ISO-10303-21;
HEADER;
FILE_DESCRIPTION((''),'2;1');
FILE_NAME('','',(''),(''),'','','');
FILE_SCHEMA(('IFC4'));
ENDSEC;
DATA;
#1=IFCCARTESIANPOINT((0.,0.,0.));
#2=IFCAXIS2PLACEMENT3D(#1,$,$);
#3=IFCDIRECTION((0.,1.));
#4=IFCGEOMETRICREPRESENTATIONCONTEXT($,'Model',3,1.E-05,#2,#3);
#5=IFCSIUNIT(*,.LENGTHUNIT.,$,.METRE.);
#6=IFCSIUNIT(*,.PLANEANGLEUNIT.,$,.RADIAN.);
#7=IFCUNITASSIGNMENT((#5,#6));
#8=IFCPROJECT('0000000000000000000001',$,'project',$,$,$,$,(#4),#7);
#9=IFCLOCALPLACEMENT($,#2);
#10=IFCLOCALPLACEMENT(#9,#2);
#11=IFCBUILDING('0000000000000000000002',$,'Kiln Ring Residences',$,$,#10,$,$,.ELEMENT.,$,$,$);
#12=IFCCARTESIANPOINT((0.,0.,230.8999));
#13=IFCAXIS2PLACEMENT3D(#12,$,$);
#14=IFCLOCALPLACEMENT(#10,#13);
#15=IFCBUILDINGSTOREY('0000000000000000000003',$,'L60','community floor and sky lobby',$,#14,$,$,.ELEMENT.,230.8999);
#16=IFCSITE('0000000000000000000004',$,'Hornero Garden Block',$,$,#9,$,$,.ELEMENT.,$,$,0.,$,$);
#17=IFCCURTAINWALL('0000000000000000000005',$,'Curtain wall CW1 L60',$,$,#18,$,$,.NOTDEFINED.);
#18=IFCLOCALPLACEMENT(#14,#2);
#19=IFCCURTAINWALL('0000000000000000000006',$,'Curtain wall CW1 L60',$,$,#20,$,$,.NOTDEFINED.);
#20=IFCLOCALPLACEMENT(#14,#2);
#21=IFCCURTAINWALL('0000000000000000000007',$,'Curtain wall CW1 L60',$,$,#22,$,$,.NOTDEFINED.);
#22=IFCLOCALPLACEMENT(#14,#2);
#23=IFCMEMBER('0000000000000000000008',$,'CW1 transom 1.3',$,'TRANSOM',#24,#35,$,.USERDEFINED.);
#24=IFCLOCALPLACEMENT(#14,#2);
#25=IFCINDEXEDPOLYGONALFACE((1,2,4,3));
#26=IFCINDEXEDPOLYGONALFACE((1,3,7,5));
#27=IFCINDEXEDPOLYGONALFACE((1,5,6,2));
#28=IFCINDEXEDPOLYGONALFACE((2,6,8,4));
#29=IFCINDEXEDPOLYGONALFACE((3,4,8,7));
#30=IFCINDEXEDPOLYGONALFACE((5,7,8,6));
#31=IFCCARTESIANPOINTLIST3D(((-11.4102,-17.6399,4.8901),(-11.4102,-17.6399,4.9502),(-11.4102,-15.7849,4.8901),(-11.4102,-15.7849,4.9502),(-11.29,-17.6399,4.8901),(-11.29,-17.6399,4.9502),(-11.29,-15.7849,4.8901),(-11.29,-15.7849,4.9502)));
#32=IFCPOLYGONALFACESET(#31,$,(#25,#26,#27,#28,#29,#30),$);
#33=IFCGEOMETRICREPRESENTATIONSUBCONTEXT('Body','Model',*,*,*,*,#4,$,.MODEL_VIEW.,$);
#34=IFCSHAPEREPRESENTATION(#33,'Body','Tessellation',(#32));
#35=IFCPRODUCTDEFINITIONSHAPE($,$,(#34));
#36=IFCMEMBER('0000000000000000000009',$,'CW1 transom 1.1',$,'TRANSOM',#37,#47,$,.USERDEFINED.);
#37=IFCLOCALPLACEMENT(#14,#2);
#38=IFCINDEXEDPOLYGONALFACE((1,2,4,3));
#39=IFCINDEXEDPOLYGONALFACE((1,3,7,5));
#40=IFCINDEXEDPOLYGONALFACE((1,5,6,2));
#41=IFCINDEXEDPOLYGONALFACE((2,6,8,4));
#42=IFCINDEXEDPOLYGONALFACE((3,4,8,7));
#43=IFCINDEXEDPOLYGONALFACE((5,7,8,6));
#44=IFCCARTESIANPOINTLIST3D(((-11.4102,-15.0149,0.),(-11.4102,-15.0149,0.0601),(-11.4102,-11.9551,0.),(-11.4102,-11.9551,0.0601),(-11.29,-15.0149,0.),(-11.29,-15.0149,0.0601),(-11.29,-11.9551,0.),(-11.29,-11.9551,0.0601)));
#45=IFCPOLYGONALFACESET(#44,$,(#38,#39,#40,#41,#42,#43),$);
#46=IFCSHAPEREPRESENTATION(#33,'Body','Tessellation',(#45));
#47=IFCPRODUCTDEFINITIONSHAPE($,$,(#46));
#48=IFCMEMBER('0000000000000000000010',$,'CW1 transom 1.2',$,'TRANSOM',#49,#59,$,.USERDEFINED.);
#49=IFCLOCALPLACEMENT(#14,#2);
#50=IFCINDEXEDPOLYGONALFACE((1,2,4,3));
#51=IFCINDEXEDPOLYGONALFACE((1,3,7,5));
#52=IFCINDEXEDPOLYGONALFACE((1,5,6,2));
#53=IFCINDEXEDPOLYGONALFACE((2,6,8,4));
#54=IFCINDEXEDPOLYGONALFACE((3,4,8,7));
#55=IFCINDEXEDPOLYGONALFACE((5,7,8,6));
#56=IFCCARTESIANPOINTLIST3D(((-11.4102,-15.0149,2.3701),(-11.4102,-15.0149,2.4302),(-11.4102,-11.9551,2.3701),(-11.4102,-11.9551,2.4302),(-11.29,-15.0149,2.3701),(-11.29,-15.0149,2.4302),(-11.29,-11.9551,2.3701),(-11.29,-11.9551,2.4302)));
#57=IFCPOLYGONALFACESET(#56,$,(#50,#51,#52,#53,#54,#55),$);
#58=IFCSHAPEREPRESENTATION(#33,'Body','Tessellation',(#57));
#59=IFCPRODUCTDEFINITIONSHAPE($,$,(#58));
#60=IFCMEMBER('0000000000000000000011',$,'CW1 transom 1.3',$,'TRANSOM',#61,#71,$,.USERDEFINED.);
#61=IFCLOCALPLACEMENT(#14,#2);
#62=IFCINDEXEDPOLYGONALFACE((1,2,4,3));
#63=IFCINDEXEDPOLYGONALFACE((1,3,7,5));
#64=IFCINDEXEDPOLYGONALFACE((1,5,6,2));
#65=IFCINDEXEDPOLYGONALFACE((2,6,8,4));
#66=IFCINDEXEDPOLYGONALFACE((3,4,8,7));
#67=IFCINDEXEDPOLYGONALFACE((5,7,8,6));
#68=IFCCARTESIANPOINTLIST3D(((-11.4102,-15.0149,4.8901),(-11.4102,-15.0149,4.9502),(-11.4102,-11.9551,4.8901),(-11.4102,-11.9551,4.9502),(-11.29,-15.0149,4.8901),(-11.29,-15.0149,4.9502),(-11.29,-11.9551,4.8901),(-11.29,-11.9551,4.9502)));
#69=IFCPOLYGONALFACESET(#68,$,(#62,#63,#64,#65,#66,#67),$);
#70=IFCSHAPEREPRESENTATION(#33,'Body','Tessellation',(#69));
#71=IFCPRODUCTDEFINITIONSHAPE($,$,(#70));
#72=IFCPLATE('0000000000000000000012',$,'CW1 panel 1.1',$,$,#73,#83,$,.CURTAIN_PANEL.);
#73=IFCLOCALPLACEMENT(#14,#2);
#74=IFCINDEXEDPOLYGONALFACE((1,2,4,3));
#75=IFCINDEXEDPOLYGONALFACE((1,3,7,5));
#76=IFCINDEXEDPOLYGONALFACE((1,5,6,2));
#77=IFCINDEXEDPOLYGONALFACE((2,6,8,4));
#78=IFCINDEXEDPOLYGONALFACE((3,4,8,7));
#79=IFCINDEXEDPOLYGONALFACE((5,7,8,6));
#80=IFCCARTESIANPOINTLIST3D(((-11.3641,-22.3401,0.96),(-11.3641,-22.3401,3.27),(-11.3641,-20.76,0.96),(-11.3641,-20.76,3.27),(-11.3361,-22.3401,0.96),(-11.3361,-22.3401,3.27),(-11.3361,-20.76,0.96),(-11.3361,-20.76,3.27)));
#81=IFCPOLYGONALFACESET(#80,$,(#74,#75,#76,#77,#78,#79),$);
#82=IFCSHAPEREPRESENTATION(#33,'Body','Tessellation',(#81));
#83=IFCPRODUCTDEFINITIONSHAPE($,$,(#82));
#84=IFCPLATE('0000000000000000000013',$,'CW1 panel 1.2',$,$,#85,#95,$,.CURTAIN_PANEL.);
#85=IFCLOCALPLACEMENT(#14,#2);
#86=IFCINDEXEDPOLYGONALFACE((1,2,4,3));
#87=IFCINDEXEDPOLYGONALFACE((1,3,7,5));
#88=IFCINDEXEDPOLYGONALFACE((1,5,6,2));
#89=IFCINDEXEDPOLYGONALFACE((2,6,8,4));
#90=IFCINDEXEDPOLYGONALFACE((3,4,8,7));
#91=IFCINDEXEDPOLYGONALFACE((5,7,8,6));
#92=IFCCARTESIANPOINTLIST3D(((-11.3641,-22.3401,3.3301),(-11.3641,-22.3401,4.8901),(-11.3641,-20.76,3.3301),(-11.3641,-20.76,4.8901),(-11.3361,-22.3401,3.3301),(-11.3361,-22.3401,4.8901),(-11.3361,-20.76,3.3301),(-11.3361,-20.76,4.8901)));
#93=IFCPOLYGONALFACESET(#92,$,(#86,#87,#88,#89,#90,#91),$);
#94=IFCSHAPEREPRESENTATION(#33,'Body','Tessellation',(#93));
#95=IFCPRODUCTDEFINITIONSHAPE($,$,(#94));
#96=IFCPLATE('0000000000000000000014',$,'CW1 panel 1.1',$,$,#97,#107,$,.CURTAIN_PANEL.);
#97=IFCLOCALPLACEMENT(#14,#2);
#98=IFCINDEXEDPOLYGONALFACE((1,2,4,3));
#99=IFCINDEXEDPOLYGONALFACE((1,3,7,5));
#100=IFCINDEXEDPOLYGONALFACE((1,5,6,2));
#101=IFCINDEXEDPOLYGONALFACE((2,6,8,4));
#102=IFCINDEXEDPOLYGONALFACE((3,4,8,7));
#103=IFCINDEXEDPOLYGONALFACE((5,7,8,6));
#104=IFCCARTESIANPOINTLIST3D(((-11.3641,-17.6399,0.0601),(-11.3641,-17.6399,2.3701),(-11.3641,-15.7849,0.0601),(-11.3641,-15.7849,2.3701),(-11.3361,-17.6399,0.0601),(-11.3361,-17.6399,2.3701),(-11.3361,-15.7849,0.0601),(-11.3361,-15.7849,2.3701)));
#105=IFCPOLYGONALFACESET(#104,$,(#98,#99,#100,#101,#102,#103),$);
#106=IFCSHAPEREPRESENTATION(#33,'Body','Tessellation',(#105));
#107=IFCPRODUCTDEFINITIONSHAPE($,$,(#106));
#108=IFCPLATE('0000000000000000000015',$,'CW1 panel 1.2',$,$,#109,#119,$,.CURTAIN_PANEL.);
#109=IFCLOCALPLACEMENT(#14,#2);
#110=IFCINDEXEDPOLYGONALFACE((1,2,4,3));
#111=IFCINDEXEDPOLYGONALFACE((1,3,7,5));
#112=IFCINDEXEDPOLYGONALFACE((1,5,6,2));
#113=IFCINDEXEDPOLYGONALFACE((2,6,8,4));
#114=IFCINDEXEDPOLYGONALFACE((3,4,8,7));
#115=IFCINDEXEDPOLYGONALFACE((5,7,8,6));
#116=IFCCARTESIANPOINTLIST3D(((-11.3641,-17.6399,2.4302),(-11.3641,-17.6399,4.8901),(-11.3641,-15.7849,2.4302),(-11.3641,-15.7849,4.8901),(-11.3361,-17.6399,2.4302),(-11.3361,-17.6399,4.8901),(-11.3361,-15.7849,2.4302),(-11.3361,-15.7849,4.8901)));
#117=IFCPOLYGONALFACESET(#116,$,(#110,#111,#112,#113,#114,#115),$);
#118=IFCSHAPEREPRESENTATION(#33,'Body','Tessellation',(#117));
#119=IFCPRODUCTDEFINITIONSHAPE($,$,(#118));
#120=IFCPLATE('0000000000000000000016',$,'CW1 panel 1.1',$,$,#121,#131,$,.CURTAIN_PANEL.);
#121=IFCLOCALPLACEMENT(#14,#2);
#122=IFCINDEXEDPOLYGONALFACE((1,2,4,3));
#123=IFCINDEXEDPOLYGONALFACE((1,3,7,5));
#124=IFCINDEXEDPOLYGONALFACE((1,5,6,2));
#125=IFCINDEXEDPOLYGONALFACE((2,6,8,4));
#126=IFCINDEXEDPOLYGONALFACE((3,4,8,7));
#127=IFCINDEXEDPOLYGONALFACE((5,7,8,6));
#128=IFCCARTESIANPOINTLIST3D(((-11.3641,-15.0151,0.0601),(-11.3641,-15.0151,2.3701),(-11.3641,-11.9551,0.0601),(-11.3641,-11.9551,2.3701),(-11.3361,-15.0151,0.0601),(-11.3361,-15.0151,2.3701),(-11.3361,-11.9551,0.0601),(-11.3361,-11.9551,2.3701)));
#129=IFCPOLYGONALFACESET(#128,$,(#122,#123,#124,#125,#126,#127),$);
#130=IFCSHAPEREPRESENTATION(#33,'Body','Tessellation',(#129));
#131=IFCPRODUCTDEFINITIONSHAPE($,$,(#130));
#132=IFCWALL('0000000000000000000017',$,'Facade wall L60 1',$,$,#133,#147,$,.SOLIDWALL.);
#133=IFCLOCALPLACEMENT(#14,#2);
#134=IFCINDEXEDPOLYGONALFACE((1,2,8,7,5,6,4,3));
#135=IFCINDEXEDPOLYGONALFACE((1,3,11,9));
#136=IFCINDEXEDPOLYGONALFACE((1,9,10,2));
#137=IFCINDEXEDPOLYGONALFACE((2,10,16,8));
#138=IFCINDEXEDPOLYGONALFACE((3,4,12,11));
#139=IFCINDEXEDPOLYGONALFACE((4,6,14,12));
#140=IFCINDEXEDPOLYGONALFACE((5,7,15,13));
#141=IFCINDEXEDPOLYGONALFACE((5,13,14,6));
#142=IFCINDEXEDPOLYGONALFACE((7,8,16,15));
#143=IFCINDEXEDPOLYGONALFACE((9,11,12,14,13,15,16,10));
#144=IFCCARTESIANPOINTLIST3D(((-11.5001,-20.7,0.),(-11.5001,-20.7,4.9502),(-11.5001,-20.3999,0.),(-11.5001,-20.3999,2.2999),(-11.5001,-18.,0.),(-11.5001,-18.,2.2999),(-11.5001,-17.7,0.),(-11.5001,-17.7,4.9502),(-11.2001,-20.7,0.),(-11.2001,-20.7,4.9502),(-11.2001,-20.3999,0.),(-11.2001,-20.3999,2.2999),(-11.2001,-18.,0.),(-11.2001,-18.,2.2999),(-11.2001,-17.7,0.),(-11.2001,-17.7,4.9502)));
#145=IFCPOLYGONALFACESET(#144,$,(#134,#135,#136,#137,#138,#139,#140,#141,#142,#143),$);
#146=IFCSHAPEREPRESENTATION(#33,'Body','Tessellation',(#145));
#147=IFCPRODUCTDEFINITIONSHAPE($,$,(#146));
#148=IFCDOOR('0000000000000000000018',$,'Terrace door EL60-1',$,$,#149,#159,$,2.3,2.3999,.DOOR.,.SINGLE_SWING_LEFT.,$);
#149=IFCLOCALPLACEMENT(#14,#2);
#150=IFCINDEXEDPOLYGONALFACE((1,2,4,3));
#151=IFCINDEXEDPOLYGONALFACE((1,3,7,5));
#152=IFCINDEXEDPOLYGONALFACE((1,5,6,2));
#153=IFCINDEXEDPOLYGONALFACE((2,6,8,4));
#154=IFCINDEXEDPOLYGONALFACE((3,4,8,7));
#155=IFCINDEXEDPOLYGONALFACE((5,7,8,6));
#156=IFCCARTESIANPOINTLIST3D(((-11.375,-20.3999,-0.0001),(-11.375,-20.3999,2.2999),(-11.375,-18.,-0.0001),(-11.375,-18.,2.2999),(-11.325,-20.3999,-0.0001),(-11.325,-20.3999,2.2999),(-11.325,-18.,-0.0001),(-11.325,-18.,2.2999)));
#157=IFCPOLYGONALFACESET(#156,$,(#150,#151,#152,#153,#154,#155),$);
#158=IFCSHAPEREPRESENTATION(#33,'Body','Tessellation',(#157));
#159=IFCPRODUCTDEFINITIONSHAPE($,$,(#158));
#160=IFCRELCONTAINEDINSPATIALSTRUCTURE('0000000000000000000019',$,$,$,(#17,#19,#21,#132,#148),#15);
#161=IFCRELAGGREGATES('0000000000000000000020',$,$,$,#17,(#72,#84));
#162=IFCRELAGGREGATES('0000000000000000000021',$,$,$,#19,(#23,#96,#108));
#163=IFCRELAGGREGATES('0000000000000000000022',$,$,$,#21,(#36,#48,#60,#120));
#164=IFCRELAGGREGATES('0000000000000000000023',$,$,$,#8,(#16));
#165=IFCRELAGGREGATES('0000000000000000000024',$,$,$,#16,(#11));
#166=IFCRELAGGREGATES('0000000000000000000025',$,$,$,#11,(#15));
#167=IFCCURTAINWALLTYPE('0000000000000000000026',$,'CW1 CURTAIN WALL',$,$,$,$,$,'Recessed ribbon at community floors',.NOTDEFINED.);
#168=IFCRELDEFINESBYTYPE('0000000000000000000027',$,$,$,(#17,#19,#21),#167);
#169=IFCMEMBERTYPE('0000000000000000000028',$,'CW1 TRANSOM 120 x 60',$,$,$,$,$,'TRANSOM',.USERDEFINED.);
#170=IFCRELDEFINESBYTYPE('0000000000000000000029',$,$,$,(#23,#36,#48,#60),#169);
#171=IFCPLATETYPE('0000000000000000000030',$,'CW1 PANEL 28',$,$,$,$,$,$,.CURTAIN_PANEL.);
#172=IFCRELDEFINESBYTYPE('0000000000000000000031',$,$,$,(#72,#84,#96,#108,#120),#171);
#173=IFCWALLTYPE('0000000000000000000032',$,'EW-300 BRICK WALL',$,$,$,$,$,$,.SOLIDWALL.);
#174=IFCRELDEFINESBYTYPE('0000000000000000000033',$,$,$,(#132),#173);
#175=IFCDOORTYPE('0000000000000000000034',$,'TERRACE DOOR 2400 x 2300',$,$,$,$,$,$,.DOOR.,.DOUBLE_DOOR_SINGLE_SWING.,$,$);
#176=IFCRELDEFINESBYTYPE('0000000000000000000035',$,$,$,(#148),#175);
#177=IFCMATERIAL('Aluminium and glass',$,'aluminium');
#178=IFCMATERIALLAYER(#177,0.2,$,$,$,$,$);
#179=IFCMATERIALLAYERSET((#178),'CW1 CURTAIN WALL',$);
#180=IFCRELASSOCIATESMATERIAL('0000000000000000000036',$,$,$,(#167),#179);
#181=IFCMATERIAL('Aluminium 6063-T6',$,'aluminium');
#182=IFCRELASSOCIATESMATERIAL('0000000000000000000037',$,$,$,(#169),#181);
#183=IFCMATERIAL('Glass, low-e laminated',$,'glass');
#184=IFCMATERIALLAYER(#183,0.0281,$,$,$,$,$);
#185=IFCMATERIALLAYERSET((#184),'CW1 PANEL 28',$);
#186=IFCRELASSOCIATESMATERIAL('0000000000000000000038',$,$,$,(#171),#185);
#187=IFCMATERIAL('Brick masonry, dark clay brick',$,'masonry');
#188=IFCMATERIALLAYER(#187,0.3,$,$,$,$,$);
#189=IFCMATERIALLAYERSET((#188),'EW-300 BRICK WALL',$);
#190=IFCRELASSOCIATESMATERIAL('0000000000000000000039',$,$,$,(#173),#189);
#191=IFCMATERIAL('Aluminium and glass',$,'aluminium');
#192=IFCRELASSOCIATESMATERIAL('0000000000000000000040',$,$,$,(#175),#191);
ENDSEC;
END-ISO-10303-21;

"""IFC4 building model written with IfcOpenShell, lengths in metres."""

from ifc_helpers import new_model, si_unit, direction, frame, frame_2d, origin, origin_2d, place, context, subcontext, project, spatial, rectangle, extrude, material, layer, layer_set, material_profile, profile_set, type_object, element, fill, aggregate, save


model = new_model("IFC4")

# Units and contexts
model_context = context("Model", 3, precision=1e-05, world=origin(), true_north=direction((0.0, 1.0)))
body_context = subcontext(model_context, "Body", "Model", "MODEL_VIEW")
ifc_project = project(units=[si_unit("LENGTHUNIT", "METRE"), si_unit("PLANEANGLEUNIT", "RADIAN")], contexts=[model_context])

# Site, building, storey
site_placement = place(None, origin())
site = spatial("IfcSite", under=ifc_project, at=site_placement, Name="Hornero Garden Block", CompositionType="ELEMENT", RefElevation=0.0)
building_placement = place(site_placement, origin())
building = spatial("IfcBuilding", under=site, at=building_placement, Name="Kiln Ring Residences", CompositionType="ELEMENT")
storey_placement = place(building_placement, frame((0.0, 0.0, 230.8999)))
storey = spatial("IfcBuildingStorey", under=building, at=storey_placement, Name="L60", Description="community floor and sky lobby", CompositionType="ELEMENT", Elevation=230.8999)

# Curtain wall
ifc_material_1 = material(Name="Aluminium and glass", Category="aluminium")
ifc_layer_1 = layer(ifc_material_1, 0.2)
ifc_layer_set_1 = layer_set([ifc_layer_1], Name="CW1 CURTAIN WALL")
curtain_wall_type = type_object("IfcCurtainWallType", Name="CW1 CURTAIN WALL", ElementType="Recessed ribbon at community floors", PredefinedType="NOTDEFINED", material=ifc_layer_set_1)
placement = place(storey_placement, origin())
curtain_wall_1 = element("IfcCurtainWall", 1, at=placement, inside=storey, type_object=curtain_wall_type, Name="Curtain wall CW1 L60", PredefinedType="NOTDEFINED")

# Curtain wall
curtain_wall_2 = element("IfcCurtainWall", 2, at=placement, inside=storey, type_object=curtain_wall_type, Name="Curtain wall CW1 L60", PredefinedType="NOTDEFINED")

# Curtain wall
curtain_wall_3 = element("IfcCurtainWall", 3, at=placement, inside=storey, type_object=curtain_wall_type, Name="Curtain wall CW1 L60", PredefinedType="NOTDEFINED")

# Members
ifc_material_2 = material(Name="Aluminium 6063-T6", Category="aluminium")
ifc_material_profile_1 = material_profile(ifc_material_2, rectangle(XDim=0.1201, YDim=0.0601, at=origin_2d()), Name="AL 120x60")
ifc_profile_set_1 = profile_set([ifc_material_profile_1], Name="Aluminium 6063-T6")
member_type_1 = type_object("IfcMemberType", Name="CW1 TRANSOM 120 x 60", ElementType="TRANSOM", PredefinedType="USERDEFINED", material=ifc_profile_set_1)
member_1_placement = place(storey_placement, frame((-11.3501, -17.6399, 4.9202), z_axis=(0.0, 1.0, 0.0), x_axis=(-1.0, 0.0, 0.0)))
member_1 = element("IfcMember", 4, at=member_1_placement, type_object=member_type_1, Name="CW1 transom 1.3", ObjectType="TRANSOM", PredefinedType="USERDEFINED", context=body_context, shape_type="SweptSolid", body=[
    extrude(rectangle(XDim=0.1201, YDim=0.0601, at=origin_2d()), origin(), (0.0, 0.0, 1.0), 1.855),
])
member_2_placement = place(storey_placement, frame((-11.3501, -15.0149, 0.03), z_axis=(0.0, 1.0, 0.0), x_axis=(-1.0, 0.0, 0.0)))
member_2 = element("IfcMember", 5, at=member_2_placement, type_object=member_type_1, Name="CW1 transom 1.1", ObjectType="TRANSOM", PredefinedType="USERDEFINED", context=body_context, shape_type="SweptSolid", body=[
    extrude(rectangle(XDim=0.1201, YDim=0.0601, at=origin_2d()), origin(), (0.0, 0.0, 1.0), 3.0598),
])
member_3_placement = place(storey_placement, frame((-11.3501, -15.0149, 2.4001), z_axis=(0.0, 1.0, 0.0), x_axis=(-1.0, 0.0, 0.0)))
member_3 = element("IfcMember", 6, at=member_3_placement, type_object=member_type_1, Name="CW1 transom 1.2", ObjectType="TRANSOM", PredefinedType="USERDEFINED", context=body_context, shape_type="SweptSolid", body=[
    extrude(rectangle(XDim=0.1201, YDim=0.0601, at=origin_2d()), origin(), (0.0, 0.0, 1.0), 3.0598),
])
member_4_placement = place(storey_placement, frame((-11.3501, -15.0149, 4.9202), z_axis=(0.0, 1.0, 0.0), x_axis=(-1.0, 0.0, 0.0)))
member_4 = element("IfcMember", 7, at=member_4_placement, type_object=member_type_1, Name="CW1 transom 1.3", ObjectType="TRANSOM", PredefinedType="USERDEFINED", context=body_context, shape_type="SweptSolid", body=[
    extrude(rectangle(XDim=0.1201, YDim=0.0601, at=origin_2d()), origin(), (0.0, 0.0, 1.0), 3.0598),
])

# Plates
ifc_material_3 = material(Name="Glass, low-e laminated", Category="glass")
ifc_layer_2 = layer(ifc_material_3, 0.0281)
ifc_layer_set_2 = layer_set([ifc_layer_2], Name="CW1 PANEL 28")
plate_type = type_object("IfcPlateType", Name="CW1 PANEL 28", PredefinedType="CURTAIN_PANEL", material=ifc_layer_set_2)
plate_1_placement = place(storey_placement, frame((-11.3501, -21.55, 0.96), z_axis=(0.0, 0.0, 1.0), x_axis=(0.0, 1.0, 0.0)))
plate_1 = element("IfcPlate", 8, at=plate_1_placement, type_object=plate_type, Name="CW1 panel 1.1", PredefinedType="CURTAIN_PANEL", context=body_context, shape_type="SweptSolid", body=[
    extrude(rectangle(XDim=1.5801, YDim=0.0281, at=origin_2d()), origin(), (0.0, 0.0, 1.0), 2.3101),
])
plate_2_placement = place(storey_placement, frame((-11.3501, -21.55, 3.3301), z_axis=(0.0, 0.0, 1.0), x_axis=(0.0, 1.0, 0.0)))
plate_2 = element("IfcPlate", 9, at=plate_2_placement, type_object=plate_type, Name="CW1 panel 1.2", PredefinedType="CURTAIN_PANEL", context=body_context, shape_type="SweptSolid", body=[
    extrude(rectangle(XDim=1.5801, YDim=0.0281, at=origin_2d()), origin(), (0.0, 0.0, 1.0), 1.5601),
])
aggregate(curtain_wall_1, [plate_1, plate_2])
plate_3_placement = place(storey_placement, frame((-11.3501, -16.7124, 0.0601), z_axis=(0.0, 0.0, 1.0), x_axis=(0.0, 1.0, 0.0)))
plate_3 = element("IfcPlate", 10, at=plate_3_placement, type_object=plate_type, Name="CW1 panel 1.1", PredefinedType="CURTAIN_PANEL", context=body_context, shape_type="SweptSolid", body=[
    extrude(rectangle(XDim=1.855, YDim=0.0281, at=origin_2d()), origin(), (0.0, 0.0, 1.0), 2.3101),
])
plate_4_placement = place(storey_placement, frame((-11.3501, -16.7124, 2.4302), z_axis=(0.0, 0.0, 1.0), x_axis=(0.0, 1.0, 0.0)))
plate_4 = element("IfcPlate", 11, at=plate_4_placement, type_object=plate_type, Name="CW1 panel 1.2", PredefinedType="CURTAIN_PANEL", context=body_context, shape_type="SweptSolid", body=[
    extrude(rectangle(XDim=1.855, YDim=0.0281, at=origin_2d()), origin(), (0.0, 0.0, 1.0), 2.46),
])
aggregate(curtain_wall_2, [member_1, plate_3, plate_4])
plate_5_placement = place(storey_placement, frame((-11.3501, -13.4851, 0.0601), z_axis=(0.0, 0.0, 1.0), x_axis=(0.0, 1.0, 0.0)))
plate_5 = element("IfcPlate", 12, at=plate_5_placement, type_object=plate_type, Name="CW1 panel 1.1", PredefinedType="CURTAIN_PANEL", context=body_context, shape_type="SweptSolid", body=[
    extrude(rectangle(XDim=3.0601, YDim=0.0281, at=origin_2d()), origin(), (0.0, 0.0, 1.0), 2.3101),
])
aggregate(curtain_wall_3, [member_2, member_3, member_4, plate_5])

# Wall, opening, door
ifc_material_4 = material(Name="Brick masonry, dark clay brick", Category="masonry")
ifc_layer_3 = layer(ifc_material_4, 0.3)
ifc_layer_set_3 = layer_set([ifc_layer_3], Name="EW-300 BRICK WALL")
wall_type = type_object("IfcWallType", Name="EW-300 BRICK WALL", PredefinedType="SOLIDWALL", material=ifc_layer_set_3)
wall_placement = place(storey_placement, frame((-11.3501, -20.7, 0.0), z_axis=(0.0, 0.0, 1.0), x_axis=(0.0, 1.0, 0.0)))
wall = element("IfcWall", 13, at=wall_placement, inside=storey, type_object=wall_type, Name="Facade wall L60 1", PredefinedType="SOLIDWALL", context=body_context, shape_type="SweptSolid", body=[
    extrude(rectangle(XDim=3.0, YDim=0.3, at=frame_2d((1.5, 0.0))), origin(), (0.0, 0.0, 1.0), 4.9502),
])
opening_placement = place(wall_placement, frame((0.3, 0.0, 0.0)))
opening = element("IfcOpeningElement", 14, at=opening_placement, cuts=wall, PredefinedType="OPENING", context=body_context, shape_type="SweptSolid", body=[
    extrude(rectangle(XDim=2.3999, YDim=2.3, at=frame_2d((1.2, 1.1499))), frame((0.0, 0.1599, 0.0), z_axis=(0.0, -1.0, 0.0), x_axis=(1.0, 0.0, 0.0)), (0.0, 0.0, 1.0), 0.3201),
])
ifc_material_5 = material(Name="Aluminium and glass", Category="aluminium")
door_type = type_object("IfcDoorType", Name="TERRACE DOOR 2400 x 2300", OperationType="DOUBLE_DOOR_SINGLE_SWING", PredefinedType="DOOR", material=ifc_material_5)
door_placement = place(opening_placement, origin())
door = element("IfcDoor", 15, at=door_placement, inside=storey, type_object=door_type, Name="Terrace door EL60-1", OperationType="SINGLE_SWING_LEFT", OverallHeight=2.3, OverallWidth=2.3999, PredefinedType="DOOR", context=body_context, shape_type="SweptSolid", body=[
    extrude(rectangle(XDim=2.3999, YDim=2.3, at=frame_2d((1.2, 1.1499))), frame((0.0, 0.0249, 0.0), z_axis=(0.0, -1.0, 0.0), x_axis=(1.0, 0.0, 0.0)), (0.0, 0.0, 1.0), 0.05),
])
fill(opening, door)

save(model, "model.ifc")
